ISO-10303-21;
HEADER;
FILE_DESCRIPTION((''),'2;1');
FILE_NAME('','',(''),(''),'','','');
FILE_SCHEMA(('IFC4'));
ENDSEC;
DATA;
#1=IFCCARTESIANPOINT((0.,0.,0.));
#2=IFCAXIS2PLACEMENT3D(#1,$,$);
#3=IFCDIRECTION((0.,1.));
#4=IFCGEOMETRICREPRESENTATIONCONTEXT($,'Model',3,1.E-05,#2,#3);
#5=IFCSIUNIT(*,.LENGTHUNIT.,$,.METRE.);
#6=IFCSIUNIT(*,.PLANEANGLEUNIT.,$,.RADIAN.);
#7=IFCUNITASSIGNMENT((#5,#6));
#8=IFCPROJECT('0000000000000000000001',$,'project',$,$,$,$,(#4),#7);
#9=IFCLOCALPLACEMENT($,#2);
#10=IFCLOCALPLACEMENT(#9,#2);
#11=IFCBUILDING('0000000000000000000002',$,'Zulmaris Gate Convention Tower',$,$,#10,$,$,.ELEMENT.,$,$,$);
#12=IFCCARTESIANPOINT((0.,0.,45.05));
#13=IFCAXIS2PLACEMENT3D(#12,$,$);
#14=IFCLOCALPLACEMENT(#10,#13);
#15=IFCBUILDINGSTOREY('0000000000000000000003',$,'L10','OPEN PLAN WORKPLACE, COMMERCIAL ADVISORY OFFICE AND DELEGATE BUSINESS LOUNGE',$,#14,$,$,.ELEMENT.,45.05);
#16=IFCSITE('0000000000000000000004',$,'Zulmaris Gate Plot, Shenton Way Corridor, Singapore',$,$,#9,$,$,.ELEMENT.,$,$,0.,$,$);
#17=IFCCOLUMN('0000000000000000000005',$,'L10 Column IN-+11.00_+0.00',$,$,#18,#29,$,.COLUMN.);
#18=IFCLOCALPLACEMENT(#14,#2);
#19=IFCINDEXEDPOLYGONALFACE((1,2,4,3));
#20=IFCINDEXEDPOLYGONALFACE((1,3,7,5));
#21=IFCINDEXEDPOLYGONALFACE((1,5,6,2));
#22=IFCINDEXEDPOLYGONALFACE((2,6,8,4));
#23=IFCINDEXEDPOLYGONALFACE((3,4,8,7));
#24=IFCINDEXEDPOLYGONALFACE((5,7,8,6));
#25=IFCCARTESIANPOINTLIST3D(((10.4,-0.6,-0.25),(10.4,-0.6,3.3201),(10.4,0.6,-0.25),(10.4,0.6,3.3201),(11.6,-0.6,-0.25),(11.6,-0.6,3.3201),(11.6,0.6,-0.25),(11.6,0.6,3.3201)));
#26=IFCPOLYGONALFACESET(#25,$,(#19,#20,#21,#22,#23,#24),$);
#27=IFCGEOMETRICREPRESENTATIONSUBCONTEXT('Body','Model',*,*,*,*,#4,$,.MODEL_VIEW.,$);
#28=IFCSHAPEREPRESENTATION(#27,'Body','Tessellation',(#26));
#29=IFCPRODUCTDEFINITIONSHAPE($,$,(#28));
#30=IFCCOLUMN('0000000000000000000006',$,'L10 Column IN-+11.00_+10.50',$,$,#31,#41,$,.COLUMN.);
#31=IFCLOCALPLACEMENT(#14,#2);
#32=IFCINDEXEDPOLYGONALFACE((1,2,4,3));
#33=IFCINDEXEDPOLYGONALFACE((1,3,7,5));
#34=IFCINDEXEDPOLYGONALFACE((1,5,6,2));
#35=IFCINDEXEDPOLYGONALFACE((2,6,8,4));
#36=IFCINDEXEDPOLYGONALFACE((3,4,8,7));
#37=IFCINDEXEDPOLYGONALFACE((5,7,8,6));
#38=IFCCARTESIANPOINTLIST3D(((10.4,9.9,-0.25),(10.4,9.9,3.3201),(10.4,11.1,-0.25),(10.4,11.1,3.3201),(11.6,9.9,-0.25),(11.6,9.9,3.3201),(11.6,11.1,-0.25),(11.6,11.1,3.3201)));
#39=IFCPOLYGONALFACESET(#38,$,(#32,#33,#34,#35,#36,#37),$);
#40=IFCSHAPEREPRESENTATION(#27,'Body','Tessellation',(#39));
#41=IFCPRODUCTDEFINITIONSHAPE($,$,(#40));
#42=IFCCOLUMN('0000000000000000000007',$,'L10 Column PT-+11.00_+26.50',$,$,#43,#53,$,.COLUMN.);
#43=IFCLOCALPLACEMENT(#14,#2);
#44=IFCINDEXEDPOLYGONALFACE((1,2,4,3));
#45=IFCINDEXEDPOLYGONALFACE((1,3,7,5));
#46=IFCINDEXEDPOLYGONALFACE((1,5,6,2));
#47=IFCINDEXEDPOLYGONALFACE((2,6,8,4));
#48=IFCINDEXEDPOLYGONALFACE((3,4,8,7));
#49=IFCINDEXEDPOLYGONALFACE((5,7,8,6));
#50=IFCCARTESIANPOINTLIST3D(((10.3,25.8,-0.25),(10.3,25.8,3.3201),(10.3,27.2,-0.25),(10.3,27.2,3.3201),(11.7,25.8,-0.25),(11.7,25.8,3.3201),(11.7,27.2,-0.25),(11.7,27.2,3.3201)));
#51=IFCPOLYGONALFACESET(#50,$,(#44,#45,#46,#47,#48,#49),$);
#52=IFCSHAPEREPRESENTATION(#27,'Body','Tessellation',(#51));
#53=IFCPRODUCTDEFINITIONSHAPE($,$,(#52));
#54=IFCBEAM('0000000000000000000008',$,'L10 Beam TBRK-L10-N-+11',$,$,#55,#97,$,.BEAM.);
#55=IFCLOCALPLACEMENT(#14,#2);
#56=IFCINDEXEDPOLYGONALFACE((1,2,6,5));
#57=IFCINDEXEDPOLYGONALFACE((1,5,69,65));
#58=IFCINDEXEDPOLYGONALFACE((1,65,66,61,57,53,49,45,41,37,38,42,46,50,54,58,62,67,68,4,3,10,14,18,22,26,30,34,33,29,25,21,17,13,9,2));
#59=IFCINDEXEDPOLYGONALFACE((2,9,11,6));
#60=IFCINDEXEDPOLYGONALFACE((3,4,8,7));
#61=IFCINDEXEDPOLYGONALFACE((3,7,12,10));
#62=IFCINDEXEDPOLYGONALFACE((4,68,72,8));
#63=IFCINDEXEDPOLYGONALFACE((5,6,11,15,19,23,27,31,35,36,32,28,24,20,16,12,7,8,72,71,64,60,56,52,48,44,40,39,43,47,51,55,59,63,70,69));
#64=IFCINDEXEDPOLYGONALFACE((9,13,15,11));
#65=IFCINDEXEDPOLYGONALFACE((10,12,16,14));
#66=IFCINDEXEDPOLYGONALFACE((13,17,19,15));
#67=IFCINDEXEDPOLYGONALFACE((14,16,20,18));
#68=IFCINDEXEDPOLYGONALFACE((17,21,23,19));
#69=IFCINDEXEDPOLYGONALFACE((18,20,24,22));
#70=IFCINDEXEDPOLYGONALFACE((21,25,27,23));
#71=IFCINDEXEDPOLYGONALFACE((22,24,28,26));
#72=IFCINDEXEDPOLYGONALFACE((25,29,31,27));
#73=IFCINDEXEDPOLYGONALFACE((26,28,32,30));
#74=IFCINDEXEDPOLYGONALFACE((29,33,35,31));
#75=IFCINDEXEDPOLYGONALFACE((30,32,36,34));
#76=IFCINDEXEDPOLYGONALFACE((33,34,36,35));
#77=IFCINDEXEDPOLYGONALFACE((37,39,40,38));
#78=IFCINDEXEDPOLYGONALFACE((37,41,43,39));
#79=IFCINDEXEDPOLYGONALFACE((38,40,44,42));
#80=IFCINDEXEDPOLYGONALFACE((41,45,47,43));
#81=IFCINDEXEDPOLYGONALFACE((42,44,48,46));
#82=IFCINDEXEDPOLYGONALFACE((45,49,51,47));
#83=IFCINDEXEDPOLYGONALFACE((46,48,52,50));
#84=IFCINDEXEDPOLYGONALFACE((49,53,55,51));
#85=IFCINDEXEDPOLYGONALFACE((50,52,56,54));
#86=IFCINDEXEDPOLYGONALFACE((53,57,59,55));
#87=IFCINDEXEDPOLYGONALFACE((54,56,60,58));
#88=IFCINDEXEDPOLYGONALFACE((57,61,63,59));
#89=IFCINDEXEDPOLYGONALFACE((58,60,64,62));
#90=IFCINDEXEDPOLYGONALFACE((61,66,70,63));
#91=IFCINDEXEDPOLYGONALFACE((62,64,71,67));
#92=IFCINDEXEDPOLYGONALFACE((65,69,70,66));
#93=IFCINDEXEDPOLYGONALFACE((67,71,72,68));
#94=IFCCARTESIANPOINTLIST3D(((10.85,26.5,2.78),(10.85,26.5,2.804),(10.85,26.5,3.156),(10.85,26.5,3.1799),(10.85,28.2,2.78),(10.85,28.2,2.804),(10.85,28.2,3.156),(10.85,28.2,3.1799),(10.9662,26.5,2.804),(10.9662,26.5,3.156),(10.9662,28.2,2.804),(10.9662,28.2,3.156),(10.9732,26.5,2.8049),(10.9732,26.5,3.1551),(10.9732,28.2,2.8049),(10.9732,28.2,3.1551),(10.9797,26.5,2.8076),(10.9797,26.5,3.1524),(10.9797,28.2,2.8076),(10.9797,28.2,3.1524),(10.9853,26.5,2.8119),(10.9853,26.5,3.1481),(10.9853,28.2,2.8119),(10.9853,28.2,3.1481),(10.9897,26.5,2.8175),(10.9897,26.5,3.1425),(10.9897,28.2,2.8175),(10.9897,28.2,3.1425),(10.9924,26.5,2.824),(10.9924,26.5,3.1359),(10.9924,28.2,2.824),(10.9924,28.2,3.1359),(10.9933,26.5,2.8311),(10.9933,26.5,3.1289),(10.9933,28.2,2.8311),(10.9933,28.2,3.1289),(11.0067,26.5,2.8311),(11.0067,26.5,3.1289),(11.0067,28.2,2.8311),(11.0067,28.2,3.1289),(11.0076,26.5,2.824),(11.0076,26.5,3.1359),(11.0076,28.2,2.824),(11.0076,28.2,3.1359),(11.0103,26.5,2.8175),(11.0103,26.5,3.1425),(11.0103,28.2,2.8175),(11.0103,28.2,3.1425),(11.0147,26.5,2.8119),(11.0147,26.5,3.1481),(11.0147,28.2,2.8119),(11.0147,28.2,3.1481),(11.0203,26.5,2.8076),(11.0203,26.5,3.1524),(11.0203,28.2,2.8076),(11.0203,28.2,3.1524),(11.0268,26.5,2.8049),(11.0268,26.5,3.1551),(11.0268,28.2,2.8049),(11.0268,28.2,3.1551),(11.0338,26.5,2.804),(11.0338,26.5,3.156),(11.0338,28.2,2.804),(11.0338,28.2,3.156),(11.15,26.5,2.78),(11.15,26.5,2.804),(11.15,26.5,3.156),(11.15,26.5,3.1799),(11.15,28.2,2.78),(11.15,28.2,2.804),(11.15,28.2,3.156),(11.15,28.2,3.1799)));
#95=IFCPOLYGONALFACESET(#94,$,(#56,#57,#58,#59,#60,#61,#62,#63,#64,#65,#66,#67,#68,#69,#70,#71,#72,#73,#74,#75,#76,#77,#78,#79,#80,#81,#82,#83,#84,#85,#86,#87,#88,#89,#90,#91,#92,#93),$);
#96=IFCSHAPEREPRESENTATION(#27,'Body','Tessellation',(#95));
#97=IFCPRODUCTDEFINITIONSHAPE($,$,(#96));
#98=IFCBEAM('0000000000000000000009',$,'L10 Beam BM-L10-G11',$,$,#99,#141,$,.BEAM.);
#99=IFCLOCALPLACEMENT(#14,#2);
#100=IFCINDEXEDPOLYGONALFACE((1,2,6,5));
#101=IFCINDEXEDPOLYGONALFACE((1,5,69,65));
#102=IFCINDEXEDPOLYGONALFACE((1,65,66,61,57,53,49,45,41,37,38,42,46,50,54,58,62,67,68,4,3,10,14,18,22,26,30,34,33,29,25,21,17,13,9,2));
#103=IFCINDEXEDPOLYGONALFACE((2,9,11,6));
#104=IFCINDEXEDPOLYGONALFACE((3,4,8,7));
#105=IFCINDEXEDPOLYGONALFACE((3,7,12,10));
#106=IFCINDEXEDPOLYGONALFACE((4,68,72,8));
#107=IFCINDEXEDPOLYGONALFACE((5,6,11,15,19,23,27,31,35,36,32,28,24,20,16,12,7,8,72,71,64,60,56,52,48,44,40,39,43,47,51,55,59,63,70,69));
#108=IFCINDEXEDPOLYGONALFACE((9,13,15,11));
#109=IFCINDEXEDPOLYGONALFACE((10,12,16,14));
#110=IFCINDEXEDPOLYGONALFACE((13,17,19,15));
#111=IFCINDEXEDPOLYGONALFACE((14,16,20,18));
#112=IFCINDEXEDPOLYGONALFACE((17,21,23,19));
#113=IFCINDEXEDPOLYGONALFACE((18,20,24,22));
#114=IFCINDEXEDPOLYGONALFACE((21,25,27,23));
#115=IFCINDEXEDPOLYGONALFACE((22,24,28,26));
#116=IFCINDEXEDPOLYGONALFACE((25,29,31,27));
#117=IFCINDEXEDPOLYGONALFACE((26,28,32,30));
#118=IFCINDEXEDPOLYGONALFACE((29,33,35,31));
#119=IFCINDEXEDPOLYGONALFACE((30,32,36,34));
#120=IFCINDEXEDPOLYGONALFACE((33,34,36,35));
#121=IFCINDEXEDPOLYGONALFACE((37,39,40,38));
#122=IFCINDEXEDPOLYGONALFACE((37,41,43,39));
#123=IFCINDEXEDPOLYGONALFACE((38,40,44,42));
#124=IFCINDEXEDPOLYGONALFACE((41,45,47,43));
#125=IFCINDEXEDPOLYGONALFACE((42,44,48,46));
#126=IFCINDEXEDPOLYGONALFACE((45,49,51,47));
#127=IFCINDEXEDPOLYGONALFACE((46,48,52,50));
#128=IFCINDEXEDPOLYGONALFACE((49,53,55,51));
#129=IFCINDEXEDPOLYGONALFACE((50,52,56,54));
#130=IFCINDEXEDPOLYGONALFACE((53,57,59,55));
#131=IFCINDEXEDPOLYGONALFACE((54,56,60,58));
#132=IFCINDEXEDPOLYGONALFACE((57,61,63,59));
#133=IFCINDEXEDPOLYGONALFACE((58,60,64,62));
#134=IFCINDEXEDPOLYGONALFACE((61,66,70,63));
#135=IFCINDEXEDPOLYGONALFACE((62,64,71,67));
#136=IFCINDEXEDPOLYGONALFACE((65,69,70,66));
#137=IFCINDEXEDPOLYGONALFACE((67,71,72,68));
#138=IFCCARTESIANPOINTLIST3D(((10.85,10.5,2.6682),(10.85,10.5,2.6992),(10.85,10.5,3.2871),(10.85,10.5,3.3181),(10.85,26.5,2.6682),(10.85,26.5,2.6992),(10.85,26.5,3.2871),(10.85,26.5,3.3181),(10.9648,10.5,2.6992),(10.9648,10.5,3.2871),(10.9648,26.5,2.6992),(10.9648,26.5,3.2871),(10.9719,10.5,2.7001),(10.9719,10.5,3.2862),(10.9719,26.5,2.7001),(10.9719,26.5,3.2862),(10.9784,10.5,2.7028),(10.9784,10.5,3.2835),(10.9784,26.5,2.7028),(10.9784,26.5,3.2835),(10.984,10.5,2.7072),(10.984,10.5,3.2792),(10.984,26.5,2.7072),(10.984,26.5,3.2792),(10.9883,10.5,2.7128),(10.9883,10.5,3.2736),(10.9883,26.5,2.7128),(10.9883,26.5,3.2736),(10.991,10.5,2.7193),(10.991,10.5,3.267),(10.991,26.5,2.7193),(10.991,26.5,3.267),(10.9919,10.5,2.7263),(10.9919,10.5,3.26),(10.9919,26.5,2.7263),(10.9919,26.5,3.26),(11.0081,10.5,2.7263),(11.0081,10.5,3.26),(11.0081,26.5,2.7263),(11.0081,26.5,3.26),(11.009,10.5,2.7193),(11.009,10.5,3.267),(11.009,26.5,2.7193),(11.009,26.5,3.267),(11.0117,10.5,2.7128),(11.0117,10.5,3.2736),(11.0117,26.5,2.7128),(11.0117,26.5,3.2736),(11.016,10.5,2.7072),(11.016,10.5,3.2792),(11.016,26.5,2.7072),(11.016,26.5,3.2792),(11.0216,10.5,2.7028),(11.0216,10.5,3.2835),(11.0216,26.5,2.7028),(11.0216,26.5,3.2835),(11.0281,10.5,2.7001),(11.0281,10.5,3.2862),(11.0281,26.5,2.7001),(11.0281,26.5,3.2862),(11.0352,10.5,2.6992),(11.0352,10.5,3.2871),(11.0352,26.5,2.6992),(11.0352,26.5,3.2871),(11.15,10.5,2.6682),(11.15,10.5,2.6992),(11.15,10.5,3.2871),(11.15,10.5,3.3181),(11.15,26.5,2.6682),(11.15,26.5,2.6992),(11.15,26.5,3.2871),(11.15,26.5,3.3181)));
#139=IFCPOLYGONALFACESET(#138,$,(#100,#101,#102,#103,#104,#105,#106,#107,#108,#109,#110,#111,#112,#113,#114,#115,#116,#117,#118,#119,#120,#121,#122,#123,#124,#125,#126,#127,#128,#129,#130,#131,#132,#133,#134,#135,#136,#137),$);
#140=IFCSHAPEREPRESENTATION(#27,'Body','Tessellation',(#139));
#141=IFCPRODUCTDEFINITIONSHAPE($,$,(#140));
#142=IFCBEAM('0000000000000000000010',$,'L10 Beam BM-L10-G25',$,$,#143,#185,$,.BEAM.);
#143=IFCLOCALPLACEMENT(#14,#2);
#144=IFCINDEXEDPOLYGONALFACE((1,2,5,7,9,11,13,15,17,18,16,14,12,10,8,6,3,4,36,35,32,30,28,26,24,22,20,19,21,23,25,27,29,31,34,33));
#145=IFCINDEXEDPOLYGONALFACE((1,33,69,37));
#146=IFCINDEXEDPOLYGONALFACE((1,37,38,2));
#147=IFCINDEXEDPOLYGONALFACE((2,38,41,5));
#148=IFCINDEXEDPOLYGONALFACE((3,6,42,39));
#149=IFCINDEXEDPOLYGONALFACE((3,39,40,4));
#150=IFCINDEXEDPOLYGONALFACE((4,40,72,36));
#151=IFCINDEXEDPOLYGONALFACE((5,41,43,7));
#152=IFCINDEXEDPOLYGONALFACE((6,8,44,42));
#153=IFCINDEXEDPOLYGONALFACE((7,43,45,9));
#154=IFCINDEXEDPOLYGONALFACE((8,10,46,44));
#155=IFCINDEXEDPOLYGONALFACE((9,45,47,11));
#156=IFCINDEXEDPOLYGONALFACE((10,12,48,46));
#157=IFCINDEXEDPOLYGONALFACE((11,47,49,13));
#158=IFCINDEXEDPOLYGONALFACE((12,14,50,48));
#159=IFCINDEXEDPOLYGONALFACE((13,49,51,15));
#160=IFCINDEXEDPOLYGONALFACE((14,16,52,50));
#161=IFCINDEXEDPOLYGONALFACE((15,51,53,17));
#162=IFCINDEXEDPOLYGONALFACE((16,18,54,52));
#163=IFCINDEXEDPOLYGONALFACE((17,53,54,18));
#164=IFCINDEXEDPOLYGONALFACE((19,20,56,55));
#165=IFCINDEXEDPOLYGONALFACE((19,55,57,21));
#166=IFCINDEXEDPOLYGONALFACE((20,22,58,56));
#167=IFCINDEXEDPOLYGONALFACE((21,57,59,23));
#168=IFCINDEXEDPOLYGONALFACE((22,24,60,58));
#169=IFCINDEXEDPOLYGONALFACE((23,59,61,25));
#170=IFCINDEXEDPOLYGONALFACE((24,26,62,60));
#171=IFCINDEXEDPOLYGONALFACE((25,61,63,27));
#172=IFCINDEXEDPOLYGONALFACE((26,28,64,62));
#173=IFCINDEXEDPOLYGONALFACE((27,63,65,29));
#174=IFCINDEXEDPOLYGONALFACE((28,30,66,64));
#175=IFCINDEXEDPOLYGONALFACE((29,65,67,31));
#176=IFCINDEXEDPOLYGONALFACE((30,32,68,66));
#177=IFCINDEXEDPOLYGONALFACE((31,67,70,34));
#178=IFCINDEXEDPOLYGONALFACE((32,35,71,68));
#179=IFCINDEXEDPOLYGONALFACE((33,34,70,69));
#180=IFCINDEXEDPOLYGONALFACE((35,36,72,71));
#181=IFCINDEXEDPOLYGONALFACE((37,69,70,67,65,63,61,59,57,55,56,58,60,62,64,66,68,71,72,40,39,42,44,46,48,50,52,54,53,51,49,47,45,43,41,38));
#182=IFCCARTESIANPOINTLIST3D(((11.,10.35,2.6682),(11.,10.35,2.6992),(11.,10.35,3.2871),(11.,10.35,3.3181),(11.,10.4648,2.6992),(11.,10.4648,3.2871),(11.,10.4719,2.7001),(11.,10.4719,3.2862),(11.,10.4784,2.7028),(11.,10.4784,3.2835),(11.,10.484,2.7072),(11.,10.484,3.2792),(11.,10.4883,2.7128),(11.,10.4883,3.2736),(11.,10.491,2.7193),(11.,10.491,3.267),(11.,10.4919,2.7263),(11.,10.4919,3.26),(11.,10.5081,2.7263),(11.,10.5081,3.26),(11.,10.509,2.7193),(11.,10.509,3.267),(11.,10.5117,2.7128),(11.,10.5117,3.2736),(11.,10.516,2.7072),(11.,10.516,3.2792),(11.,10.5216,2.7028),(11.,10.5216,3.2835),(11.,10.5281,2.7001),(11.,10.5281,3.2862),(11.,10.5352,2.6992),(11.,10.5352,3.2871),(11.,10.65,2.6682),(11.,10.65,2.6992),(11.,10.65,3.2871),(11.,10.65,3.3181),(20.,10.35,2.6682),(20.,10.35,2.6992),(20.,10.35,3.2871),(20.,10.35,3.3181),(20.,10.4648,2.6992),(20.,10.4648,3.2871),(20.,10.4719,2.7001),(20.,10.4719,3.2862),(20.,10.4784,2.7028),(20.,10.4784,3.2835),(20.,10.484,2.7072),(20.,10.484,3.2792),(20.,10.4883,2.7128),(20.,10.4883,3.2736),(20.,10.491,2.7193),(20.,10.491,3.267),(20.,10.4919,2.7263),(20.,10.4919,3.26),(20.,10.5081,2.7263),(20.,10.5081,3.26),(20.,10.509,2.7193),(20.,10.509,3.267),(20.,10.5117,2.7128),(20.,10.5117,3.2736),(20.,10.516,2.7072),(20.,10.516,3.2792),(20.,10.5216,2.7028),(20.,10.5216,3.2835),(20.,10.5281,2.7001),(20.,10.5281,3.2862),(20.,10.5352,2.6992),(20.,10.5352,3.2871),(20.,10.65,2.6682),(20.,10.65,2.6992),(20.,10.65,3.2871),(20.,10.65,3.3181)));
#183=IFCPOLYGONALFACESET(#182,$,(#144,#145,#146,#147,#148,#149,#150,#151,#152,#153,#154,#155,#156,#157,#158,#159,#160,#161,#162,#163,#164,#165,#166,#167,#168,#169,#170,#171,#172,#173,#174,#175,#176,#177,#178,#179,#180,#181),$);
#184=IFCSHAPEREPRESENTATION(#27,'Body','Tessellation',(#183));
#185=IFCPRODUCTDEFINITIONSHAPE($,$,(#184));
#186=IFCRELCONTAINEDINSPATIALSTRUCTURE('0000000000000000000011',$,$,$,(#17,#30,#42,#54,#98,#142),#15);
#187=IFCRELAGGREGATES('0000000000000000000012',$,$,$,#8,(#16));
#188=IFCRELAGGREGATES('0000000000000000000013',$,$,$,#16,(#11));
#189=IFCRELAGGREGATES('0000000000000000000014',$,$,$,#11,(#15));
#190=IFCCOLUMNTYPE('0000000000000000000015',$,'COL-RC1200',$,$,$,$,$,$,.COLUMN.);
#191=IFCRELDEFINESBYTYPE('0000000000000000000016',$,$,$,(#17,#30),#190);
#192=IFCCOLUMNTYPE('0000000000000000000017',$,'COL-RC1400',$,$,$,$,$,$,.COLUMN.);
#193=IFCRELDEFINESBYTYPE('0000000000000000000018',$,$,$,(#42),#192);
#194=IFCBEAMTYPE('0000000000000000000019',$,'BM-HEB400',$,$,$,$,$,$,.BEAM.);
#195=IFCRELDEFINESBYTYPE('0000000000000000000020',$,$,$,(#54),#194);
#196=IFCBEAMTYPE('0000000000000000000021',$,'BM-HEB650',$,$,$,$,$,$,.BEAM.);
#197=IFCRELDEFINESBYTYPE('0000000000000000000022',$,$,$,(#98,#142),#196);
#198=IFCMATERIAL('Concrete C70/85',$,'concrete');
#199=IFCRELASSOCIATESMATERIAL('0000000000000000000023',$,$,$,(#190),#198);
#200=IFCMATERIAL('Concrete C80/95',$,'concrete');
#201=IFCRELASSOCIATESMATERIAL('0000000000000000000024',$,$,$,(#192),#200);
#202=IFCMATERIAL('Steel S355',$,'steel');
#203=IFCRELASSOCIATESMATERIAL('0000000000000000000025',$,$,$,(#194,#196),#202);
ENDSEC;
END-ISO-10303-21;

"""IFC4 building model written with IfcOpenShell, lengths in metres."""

from ifc_helpers import new_model, si_unit, direction, frame, origin, origin_2d, place, context, subcontext, project, spatial, rectangle, i_section, extrude, material, material_profile, profile_set, type_object, element, save


model = new_model("IFC4")

# Units and contexts
model_context = context("Model", 3, precision=1e-05, world=origin(), true_north=direction((0.0, 1.0)))
body_context = subcontext(model_context, "Body", "Model", "MODEL_VIEW")
ifc_project = project(units=[si_unit("LENGTHUNIT", "METRE"), si_unit("PLANEANGLEUNIT", "RADIAN")], contexts=[model_context])

# Site, building, storey
site_placement = place(None, origin())
site = spatial("IfcSite", under=ifc_project, at=site_placement, Name="Zulmaris Gate Plot, Shenton Way Corridor, Singapore", CompositionType="ELEMENT", RefElevation=0.0)
building_placement = place(site_placement, origin())
building = spatial("IfcBuilding", under=site, at=building_placement, Name="Zulmaris Gate Convention Tower", CompositionType="ELEMENT")
storey_placement = place(building_placement, frame((0.0, 0.0, 45.05)))
storey = spatial("IfcBuildingStorey", under=building, at=storey_placement, Name="L10", Description="OPEN PLAN WORKPLACE, COMMERCIAL ADVISORY OFFICE AND DELEGATE BUSINESS LOUNGE", CompositionType="ELEMENT", Elevation=45.05)

# Columns
ifc_material_1 = material(Name="Concrete C70/85", Category="concrete")
ifc_material_profile_1 = material_profile(ifc_material_1, rectangle(XDim=1.2, YDim=1.2, at=origin_2d()), Name="RC COL 1200x1200")
ifc_profile_set_1 = profile_set([ifc_material_profile_1], Name="Concrete C70/85")
column_type_1 = type_object("IfcColumnType", Name="COL-RC1200", PredefinedType="COLUMN", material=ifc_profile_set_1)
for number, where, z_axis, x_axis, name in (
    (1, (11.0, 0.0, -0.25), (0.0, 0.0, 1.0), (1.0, 0.0, 0.0), "L10 Column IN-+11.00_+0.00"),
    (2, (11.0, 10.5, -0.25), (0.0, 0.0, 1.0), (1.0, 0.0, 0.0), "L10 Column IN-+11.00_+10.50"),
):
    element("IfcColumn", number, at=place(storey_placement, frame(where, z_axis=z_axis, x_axis=x_axis)), inside=storey, type_object=column_type_1, Name=name, PredefinedType="COLUMN", context=body_context, shape_type="SweptSolid", body=[
        extrude(rectangle(XDim=1.2, YDim=1.2, at=origin_2d()), origin(), (0.0, 0.0, 1.0), 3.5701),
    ])
ifc_material_2 = material(Name="Concrete C80/95", Category="concrete")
ifc_material_profile_2 = material_profile(ifc_material_2, rectangle(XDim=1.3999, YDim=1.3999, at=origin_2d()), Name="RC COL 1400x1400")
ifc_profile_set_2 = profile_set([ifc_material_profile_2], Name="Concrete C80/95")
column_type_2 = type_object("IfcColumnType", Name="COL-RC1400", PredefinedType="COLUMN", material=ifc_profile_set_2)
column_placement = place(storey_placement, frame((11.0, 26.5, -0.25), z_axis=(0.0, 0.0, 1.0), x_axis=(1.0, 0.0, 0.0)))
element("IfcColumn", 3, at=column_placement, inside=storey, type_object=column_type_2, Name="L10 Column PT-+11.00_+26.50", PredefinedType="COLUMN", context=body_context, shape_type="SweptSolid", body=[
    extrude(rectangle(XDim=1.3999, YDim=1.3999, at=origin_2d()), origin(), (0.0, 0.0, 1.0), 3.5701),
])

# Beams
ifc_material_3 = material(Name="Steel S355", Category="steel")
ifc_material_profile_3 = material_profile(ifc_material_3, i_section(OverallWidth=0.3, OverallDepth=0.3999, WebThickness=0.0134, FlangeThickness=0.0239, FilletRadius=0.0271, at=origin_2d()), Name="HEB 400")
ifc_profile_set_3 = profile_set([ifc_material_profile_3], Name="Steel S355")
beam_type_1 = type_object("IfcBeamType", Name="BM-HEB400", PredefinedType="BEAM", material=ifc_profile_set_3)
beam_1_placement = place(storey_placement, frame((11.0, 26.5, 2.98), z_axis=(0.0, 1.0, 0.0), x_axis=(-1.0, 0.0, 0.0)))
element("IfcBeam", 4, at=beam_1_placement, inside=storey, type_object=beam_type_1, Name="L10 Beam TBRK-L10-N-+11", PredefinedType="BEAM", context=body_context, shape_type="SweptSolid", body=[
    extrude(i_section(OverallWidth=0.3, OverallDepth=0.3999, WebThickness=0.0134, FlangeThickness=0.0239, FilletRadius=0.0271, at=origin_2d()), origin(), (0.0, 0.0, 1.0), 1.7),
])
ifc_material_profile_4 = material_profile(ifc_material_3, i_section(OverallWidth=0.3, OverallDepth=0.6499, WebThickness=0.0161, FlangeThickness=0.031, FilletRadius=0.0271, at=origin_2d()), Name="HEB 650")
ifc_profile_set_4 = profile_set([ifc_material_profile_4], Name="Steel S355")
beam_type_2 = type_object("IfcBeamType", Name="BM-HEB650", PredefinedType="BEAM", material=ifc_profile_set_4)
beam_2_placement = place(storey_placement, frame((11.0, 10.5, 2.9932), z_axis=(0.0, 1.0, 0.0), x_axis=(-1.0, 0.0, 0.0)))
element("IfcBeam", 5, at=beam_2_placement, inside=storey, type_object=beam_type_2, Name="L10 Beam BM-L10-G11", PredefinedType="BEAM", context=body_context, shape_type="SweptSolid", body=[
    extrude(i_section(OverallWidth=0.3, OverallDepth=0.6499, WebThickness=0.0161, FlangeThickness=0.031, FilletRadius=0.0271, at=origin_2d()), origin(), (0.0, 0.0, 1.0), 16.0),
])
beam_3_placement = place(storey_placement, frame((11.0, 10.5, 2.9932), z_axis=(1.0, 0.0, 0.0), x_axis=(0.0, 1.0, 0.0)))
element("IfcBeam", 6, at=beam_3_placement, inside=storey, type_object=beam_type_2, Name="L10 Beam BM-L10-G25", PredefinedType="BEAM", context=body_context, shape_type="SweptSolid", body=[
    extrude(i_section(OverallWidth=0.3, OverallDepth=0.6499, WebThickness=0.0161, FlangeThickness=0.031, FilletRadius=0.0271, at=origin_2d()), origin(), (0.0, 0.0, 1.0), 9.0),
])

save(model, "model.ifc")
